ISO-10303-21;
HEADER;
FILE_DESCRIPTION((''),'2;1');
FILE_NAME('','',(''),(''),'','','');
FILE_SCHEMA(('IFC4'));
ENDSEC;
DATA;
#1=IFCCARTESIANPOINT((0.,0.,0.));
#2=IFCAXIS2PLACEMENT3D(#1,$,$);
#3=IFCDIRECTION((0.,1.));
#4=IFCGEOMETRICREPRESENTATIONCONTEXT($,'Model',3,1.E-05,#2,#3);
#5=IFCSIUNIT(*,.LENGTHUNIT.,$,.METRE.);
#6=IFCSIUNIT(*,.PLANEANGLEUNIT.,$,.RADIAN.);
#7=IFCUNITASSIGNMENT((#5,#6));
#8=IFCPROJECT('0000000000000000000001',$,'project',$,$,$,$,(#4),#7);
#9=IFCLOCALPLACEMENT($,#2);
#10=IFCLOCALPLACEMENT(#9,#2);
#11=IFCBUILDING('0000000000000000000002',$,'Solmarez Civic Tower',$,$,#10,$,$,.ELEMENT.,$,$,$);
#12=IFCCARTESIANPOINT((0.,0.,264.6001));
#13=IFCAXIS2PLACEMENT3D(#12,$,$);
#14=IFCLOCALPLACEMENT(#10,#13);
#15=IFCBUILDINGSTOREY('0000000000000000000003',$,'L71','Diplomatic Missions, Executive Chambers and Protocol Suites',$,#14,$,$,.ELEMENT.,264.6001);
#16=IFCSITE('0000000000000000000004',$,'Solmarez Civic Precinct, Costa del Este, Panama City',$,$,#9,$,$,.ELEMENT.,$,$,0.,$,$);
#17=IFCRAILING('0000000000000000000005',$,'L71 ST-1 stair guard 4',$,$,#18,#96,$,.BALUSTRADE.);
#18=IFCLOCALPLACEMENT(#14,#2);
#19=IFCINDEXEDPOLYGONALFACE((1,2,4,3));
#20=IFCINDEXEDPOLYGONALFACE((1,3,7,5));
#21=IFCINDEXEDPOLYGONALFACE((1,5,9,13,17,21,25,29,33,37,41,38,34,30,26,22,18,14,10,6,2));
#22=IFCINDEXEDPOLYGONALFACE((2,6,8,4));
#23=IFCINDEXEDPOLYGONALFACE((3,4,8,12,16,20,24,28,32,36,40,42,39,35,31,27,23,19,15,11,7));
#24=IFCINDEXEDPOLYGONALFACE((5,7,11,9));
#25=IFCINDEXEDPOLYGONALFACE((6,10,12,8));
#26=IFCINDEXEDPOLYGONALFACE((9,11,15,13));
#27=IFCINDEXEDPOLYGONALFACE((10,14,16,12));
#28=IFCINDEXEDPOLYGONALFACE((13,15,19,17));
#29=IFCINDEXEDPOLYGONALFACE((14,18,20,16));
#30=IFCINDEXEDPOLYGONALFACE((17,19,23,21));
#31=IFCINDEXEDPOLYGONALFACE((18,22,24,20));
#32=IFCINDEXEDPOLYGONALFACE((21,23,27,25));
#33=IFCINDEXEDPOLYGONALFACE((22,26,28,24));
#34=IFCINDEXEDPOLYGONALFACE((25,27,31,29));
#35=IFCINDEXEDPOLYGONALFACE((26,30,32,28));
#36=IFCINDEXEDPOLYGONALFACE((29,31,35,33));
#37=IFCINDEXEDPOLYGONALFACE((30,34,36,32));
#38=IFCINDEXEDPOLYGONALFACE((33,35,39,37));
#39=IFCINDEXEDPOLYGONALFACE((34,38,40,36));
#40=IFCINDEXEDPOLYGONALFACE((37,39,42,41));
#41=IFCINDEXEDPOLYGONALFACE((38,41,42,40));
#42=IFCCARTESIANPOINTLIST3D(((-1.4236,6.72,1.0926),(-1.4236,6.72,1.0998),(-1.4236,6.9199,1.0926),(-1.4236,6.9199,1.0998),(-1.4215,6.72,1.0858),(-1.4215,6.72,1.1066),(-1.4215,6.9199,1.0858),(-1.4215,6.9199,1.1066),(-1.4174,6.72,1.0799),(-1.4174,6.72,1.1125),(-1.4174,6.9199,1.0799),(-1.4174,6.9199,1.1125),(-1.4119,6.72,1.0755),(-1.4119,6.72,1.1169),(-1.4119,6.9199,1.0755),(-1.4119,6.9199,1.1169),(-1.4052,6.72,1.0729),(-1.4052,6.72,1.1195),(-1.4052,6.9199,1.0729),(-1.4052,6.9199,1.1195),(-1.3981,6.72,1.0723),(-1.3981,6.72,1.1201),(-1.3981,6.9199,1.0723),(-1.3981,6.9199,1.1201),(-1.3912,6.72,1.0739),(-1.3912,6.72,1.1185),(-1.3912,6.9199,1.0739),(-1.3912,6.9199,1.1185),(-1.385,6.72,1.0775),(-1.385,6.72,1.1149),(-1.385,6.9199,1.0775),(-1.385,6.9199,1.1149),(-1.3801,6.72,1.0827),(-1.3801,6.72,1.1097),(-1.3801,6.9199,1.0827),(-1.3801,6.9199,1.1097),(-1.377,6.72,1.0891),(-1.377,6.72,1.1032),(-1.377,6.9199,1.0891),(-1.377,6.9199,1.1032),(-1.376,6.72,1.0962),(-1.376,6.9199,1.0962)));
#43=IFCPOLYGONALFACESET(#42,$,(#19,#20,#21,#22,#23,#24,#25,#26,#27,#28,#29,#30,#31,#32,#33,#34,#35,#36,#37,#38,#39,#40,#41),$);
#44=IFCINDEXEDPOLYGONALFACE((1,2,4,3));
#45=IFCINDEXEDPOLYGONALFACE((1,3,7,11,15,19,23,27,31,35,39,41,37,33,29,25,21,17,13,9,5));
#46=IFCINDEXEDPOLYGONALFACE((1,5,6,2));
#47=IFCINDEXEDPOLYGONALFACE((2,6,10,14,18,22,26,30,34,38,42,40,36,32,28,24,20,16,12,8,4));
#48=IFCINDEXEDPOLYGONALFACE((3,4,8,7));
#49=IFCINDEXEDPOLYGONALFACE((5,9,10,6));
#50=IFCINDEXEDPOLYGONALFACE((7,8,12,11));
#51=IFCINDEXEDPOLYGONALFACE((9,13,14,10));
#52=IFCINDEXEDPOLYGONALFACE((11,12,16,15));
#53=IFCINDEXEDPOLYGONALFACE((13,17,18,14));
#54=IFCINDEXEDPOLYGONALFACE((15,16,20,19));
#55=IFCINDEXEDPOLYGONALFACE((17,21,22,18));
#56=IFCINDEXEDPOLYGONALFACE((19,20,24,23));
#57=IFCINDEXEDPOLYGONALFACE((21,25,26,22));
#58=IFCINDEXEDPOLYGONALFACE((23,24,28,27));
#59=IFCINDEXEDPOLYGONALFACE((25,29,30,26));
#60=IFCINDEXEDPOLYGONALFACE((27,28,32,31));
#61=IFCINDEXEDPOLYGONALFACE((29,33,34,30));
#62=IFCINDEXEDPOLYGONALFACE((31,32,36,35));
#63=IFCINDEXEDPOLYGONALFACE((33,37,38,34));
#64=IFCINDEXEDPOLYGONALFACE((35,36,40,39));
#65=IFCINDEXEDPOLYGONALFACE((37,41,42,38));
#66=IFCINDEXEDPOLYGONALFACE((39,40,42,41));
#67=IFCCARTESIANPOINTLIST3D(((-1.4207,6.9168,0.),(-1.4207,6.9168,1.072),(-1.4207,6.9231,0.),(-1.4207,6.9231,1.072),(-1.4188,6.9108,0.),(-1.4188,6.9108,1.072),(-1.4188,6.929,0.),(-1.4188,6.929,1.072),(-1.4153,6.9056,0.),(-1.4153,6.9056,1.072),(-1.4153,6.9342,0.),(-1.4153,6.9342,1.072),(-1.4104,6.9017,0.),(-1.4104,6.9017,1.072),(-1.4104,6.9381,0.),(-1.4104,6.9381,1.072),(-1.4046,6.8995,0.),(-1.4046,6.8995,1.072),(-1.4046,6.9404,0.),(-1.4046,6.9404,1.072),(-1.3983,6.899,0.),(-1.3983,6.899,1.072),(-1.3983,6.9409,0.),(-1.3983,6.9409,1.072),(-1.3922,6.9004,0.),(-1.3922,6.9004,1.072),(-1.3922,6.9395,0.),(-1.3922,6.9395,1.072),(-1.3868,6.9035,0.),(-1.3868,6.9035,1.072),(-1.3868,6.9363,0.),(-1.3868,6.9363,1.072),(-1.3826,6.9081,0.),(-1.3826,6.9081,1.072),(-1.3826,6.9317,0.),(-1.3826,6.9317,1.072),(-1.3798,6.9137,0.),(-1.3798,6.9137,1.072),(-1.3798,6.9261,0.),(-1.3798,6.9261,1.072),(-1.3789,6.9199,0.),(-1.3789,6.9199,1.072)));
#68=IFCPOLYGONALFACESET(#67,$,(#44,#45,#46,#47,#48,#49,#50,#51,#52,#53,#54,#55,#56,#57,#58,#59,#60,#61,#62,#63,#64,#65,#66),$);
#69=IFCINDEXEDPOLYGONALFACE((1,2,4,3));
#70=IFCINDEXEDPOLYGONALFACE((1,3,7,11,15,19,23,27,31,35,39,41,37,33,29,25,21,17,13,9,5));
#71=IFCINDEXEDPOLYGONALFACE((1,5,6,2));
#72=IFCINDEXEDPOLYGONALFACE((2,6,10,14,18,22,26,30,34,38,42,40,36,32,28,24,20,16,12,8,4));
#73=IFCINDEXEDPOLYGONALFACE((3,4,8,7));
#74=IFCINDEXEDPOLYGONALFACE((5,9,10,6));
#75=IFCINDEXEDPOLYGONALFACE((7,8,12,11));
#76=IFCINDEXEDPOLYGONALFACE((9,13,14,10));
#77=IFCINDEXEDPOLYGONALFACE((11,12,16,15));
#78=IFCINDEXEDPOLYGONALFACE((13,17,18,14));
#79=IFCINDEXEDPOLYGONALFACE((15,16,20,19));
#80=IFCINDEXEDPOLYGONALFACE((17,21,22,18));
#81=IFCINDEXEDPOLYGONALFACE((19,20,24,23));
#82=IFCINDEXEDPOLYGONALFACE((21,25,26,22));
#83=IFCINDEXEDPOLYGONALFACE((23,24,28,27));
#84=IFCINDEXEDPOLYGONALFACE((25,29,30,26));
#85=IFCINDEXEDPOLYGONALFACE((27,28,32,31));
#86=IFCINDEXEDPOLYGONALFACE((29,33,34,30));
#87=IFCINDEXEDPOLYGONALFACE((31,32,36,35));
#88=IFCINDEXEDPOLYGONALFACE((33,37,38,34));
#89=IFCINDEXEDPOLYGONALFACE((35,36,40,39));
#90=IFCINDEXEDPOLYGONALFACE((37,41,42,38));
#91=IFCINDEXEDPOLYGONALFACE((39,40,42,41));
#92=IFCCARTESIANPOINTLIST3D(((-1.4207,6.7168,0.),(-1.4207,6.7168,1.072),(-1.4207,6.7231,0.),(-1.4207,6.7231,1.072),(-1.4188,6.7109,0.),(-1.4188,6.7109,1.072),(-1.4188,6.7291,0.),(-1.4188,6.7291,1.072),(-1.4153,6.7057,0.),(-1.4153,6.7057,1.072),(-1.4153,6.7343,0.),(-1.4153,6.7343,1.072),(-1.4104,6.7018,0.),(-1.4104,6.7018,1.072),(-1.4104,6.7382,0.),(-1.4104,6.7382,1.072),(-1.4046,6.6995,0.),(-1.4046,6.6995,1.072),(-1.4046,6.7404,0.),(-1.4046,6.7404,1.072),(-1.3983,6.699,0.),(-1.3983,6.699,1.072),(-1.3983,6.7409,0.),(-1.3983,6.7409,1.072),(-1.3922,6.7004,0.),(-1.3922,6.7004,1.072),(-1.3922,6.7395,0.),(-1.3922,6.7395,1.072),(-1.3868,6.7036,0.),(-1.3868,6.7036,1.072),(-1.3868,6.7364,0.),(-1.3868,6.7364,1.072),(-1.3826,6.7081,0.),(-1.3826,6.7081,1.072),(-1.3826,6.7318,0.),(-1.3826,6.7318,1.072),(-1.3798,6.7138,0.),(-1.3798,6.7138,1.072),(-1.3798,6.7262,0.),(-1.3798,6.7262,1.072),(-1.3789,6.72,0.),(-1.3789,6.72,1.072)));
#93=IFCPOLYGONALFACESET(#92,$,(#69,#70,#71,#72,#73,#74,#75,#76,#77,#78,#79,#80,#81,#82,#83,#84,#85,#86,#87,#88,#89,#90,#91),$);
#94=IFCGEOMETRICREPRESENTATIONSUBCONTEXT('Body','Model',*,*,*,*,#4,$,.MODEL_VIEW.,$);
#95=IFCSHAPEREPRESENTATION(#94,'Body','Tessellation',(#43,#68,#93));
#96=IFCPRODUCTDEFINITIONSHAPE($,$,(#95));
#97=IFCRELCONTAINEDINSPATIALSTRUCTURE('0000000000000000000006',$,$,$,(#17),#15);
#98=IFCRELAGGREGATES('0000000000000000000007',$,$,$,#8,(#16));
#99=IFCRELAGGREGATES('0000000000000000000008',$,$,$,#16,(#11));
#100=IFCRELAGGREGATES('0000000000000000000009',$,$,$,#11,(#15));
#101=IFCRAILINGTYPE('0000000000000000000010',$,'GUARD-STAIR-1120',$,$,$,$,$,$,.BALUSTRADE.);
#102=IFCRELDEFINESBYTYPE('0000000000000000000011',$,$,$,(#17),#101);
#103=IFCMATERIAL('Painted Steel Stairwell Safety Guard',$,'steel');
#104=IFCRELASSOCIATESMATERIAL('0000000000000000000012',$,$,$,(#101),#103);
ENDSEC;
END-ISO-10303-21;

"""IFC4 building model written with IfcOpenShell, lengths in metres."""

from ifc_helpers import new_model, si_unit, direction, frame, origin, origin_2d, place, context, subcontext, project, spatial, circle, extrude, material, type_object, element, save


model = new_model("IFC4")

# Units and contexts
model_context = context("Model", 3, precision=1e-05, world=origin(), true_north=direction((0.0, 1.0)))
body_context = subcontext(model_context, "Body", "Model", "MODEL_VIEW")
ifc_project = project(units=[si_unit("LENGTHUNIT", "METRE"), si_unit("PLANEANGLEUNIT", "RADIAN")], contexts=[model_context])

# Site, building, storey
site_placement = place(None, origin())
site = spatial("IfcSite", under=ifc_project, at=site_placement, Name="Solmarez Civic Precinct, Costa del Este, Panama City", CompositionType="ELEMENT", RefElevation=0.0)
building_placement = place(site_placement, origin())
building = spatial("IfcBuilding", under=site, at=building_placement, Name="Solmarez Civic Tower", CompositionType="ELEMENT")
storey_placement = place(building_placement, frame((0.0, 0.0, 264.6001)))
storey = spatial("IfcBuildingStorey", under=building, at=storey_placement, Name="L71", Description="Diplomatic Missions, Executive Chambers and Protocol Suites", CompositionType="ELEMENT", Elevation=264.6001)

# Railing
ifc_material_1 = material(Name="Painted Steel Stairwell Safety Guard", Category="steel")
railing_type_1 = type_object("IfcRailingType", Name="GUARD-STAIR-1120", PredefinedType="BALUSTRADE", material=ifc_material_1)
railing_1_placement = place(storey_placement, frame((-1.3999, 6.9199, 0.0)))
element("IfcRailing", 1, at=railing_1_placement, inside=storey, type_object=railing_type_1, Name="L71 ST-1 stair guard 4", PredefinedType="BALUSTRADE", context=body_context, shape_type="SweptSolid", body=[
    extrude(circle(Radius=0.0239, at=origin_2d()), frame((0.0, 0.0, 1.0962), z_axis=(0.0, -1.0, 0.0), x_axis=(1.0, 0.0, 0.0)), (0.0, 0.0, 1.0), 0.2),
    extrude(circle(Radius=0.021, at=origin_2d()), origin(), (0.0, 0.0, 1.0), 1.072),
    extrude(circle(Radius=0.021, at=origin_2d()), frame((0.0, -0.2, 0.0)), (0.0, 0.0, 1.0), 1.072),
])

save(model, "model.ifc")
